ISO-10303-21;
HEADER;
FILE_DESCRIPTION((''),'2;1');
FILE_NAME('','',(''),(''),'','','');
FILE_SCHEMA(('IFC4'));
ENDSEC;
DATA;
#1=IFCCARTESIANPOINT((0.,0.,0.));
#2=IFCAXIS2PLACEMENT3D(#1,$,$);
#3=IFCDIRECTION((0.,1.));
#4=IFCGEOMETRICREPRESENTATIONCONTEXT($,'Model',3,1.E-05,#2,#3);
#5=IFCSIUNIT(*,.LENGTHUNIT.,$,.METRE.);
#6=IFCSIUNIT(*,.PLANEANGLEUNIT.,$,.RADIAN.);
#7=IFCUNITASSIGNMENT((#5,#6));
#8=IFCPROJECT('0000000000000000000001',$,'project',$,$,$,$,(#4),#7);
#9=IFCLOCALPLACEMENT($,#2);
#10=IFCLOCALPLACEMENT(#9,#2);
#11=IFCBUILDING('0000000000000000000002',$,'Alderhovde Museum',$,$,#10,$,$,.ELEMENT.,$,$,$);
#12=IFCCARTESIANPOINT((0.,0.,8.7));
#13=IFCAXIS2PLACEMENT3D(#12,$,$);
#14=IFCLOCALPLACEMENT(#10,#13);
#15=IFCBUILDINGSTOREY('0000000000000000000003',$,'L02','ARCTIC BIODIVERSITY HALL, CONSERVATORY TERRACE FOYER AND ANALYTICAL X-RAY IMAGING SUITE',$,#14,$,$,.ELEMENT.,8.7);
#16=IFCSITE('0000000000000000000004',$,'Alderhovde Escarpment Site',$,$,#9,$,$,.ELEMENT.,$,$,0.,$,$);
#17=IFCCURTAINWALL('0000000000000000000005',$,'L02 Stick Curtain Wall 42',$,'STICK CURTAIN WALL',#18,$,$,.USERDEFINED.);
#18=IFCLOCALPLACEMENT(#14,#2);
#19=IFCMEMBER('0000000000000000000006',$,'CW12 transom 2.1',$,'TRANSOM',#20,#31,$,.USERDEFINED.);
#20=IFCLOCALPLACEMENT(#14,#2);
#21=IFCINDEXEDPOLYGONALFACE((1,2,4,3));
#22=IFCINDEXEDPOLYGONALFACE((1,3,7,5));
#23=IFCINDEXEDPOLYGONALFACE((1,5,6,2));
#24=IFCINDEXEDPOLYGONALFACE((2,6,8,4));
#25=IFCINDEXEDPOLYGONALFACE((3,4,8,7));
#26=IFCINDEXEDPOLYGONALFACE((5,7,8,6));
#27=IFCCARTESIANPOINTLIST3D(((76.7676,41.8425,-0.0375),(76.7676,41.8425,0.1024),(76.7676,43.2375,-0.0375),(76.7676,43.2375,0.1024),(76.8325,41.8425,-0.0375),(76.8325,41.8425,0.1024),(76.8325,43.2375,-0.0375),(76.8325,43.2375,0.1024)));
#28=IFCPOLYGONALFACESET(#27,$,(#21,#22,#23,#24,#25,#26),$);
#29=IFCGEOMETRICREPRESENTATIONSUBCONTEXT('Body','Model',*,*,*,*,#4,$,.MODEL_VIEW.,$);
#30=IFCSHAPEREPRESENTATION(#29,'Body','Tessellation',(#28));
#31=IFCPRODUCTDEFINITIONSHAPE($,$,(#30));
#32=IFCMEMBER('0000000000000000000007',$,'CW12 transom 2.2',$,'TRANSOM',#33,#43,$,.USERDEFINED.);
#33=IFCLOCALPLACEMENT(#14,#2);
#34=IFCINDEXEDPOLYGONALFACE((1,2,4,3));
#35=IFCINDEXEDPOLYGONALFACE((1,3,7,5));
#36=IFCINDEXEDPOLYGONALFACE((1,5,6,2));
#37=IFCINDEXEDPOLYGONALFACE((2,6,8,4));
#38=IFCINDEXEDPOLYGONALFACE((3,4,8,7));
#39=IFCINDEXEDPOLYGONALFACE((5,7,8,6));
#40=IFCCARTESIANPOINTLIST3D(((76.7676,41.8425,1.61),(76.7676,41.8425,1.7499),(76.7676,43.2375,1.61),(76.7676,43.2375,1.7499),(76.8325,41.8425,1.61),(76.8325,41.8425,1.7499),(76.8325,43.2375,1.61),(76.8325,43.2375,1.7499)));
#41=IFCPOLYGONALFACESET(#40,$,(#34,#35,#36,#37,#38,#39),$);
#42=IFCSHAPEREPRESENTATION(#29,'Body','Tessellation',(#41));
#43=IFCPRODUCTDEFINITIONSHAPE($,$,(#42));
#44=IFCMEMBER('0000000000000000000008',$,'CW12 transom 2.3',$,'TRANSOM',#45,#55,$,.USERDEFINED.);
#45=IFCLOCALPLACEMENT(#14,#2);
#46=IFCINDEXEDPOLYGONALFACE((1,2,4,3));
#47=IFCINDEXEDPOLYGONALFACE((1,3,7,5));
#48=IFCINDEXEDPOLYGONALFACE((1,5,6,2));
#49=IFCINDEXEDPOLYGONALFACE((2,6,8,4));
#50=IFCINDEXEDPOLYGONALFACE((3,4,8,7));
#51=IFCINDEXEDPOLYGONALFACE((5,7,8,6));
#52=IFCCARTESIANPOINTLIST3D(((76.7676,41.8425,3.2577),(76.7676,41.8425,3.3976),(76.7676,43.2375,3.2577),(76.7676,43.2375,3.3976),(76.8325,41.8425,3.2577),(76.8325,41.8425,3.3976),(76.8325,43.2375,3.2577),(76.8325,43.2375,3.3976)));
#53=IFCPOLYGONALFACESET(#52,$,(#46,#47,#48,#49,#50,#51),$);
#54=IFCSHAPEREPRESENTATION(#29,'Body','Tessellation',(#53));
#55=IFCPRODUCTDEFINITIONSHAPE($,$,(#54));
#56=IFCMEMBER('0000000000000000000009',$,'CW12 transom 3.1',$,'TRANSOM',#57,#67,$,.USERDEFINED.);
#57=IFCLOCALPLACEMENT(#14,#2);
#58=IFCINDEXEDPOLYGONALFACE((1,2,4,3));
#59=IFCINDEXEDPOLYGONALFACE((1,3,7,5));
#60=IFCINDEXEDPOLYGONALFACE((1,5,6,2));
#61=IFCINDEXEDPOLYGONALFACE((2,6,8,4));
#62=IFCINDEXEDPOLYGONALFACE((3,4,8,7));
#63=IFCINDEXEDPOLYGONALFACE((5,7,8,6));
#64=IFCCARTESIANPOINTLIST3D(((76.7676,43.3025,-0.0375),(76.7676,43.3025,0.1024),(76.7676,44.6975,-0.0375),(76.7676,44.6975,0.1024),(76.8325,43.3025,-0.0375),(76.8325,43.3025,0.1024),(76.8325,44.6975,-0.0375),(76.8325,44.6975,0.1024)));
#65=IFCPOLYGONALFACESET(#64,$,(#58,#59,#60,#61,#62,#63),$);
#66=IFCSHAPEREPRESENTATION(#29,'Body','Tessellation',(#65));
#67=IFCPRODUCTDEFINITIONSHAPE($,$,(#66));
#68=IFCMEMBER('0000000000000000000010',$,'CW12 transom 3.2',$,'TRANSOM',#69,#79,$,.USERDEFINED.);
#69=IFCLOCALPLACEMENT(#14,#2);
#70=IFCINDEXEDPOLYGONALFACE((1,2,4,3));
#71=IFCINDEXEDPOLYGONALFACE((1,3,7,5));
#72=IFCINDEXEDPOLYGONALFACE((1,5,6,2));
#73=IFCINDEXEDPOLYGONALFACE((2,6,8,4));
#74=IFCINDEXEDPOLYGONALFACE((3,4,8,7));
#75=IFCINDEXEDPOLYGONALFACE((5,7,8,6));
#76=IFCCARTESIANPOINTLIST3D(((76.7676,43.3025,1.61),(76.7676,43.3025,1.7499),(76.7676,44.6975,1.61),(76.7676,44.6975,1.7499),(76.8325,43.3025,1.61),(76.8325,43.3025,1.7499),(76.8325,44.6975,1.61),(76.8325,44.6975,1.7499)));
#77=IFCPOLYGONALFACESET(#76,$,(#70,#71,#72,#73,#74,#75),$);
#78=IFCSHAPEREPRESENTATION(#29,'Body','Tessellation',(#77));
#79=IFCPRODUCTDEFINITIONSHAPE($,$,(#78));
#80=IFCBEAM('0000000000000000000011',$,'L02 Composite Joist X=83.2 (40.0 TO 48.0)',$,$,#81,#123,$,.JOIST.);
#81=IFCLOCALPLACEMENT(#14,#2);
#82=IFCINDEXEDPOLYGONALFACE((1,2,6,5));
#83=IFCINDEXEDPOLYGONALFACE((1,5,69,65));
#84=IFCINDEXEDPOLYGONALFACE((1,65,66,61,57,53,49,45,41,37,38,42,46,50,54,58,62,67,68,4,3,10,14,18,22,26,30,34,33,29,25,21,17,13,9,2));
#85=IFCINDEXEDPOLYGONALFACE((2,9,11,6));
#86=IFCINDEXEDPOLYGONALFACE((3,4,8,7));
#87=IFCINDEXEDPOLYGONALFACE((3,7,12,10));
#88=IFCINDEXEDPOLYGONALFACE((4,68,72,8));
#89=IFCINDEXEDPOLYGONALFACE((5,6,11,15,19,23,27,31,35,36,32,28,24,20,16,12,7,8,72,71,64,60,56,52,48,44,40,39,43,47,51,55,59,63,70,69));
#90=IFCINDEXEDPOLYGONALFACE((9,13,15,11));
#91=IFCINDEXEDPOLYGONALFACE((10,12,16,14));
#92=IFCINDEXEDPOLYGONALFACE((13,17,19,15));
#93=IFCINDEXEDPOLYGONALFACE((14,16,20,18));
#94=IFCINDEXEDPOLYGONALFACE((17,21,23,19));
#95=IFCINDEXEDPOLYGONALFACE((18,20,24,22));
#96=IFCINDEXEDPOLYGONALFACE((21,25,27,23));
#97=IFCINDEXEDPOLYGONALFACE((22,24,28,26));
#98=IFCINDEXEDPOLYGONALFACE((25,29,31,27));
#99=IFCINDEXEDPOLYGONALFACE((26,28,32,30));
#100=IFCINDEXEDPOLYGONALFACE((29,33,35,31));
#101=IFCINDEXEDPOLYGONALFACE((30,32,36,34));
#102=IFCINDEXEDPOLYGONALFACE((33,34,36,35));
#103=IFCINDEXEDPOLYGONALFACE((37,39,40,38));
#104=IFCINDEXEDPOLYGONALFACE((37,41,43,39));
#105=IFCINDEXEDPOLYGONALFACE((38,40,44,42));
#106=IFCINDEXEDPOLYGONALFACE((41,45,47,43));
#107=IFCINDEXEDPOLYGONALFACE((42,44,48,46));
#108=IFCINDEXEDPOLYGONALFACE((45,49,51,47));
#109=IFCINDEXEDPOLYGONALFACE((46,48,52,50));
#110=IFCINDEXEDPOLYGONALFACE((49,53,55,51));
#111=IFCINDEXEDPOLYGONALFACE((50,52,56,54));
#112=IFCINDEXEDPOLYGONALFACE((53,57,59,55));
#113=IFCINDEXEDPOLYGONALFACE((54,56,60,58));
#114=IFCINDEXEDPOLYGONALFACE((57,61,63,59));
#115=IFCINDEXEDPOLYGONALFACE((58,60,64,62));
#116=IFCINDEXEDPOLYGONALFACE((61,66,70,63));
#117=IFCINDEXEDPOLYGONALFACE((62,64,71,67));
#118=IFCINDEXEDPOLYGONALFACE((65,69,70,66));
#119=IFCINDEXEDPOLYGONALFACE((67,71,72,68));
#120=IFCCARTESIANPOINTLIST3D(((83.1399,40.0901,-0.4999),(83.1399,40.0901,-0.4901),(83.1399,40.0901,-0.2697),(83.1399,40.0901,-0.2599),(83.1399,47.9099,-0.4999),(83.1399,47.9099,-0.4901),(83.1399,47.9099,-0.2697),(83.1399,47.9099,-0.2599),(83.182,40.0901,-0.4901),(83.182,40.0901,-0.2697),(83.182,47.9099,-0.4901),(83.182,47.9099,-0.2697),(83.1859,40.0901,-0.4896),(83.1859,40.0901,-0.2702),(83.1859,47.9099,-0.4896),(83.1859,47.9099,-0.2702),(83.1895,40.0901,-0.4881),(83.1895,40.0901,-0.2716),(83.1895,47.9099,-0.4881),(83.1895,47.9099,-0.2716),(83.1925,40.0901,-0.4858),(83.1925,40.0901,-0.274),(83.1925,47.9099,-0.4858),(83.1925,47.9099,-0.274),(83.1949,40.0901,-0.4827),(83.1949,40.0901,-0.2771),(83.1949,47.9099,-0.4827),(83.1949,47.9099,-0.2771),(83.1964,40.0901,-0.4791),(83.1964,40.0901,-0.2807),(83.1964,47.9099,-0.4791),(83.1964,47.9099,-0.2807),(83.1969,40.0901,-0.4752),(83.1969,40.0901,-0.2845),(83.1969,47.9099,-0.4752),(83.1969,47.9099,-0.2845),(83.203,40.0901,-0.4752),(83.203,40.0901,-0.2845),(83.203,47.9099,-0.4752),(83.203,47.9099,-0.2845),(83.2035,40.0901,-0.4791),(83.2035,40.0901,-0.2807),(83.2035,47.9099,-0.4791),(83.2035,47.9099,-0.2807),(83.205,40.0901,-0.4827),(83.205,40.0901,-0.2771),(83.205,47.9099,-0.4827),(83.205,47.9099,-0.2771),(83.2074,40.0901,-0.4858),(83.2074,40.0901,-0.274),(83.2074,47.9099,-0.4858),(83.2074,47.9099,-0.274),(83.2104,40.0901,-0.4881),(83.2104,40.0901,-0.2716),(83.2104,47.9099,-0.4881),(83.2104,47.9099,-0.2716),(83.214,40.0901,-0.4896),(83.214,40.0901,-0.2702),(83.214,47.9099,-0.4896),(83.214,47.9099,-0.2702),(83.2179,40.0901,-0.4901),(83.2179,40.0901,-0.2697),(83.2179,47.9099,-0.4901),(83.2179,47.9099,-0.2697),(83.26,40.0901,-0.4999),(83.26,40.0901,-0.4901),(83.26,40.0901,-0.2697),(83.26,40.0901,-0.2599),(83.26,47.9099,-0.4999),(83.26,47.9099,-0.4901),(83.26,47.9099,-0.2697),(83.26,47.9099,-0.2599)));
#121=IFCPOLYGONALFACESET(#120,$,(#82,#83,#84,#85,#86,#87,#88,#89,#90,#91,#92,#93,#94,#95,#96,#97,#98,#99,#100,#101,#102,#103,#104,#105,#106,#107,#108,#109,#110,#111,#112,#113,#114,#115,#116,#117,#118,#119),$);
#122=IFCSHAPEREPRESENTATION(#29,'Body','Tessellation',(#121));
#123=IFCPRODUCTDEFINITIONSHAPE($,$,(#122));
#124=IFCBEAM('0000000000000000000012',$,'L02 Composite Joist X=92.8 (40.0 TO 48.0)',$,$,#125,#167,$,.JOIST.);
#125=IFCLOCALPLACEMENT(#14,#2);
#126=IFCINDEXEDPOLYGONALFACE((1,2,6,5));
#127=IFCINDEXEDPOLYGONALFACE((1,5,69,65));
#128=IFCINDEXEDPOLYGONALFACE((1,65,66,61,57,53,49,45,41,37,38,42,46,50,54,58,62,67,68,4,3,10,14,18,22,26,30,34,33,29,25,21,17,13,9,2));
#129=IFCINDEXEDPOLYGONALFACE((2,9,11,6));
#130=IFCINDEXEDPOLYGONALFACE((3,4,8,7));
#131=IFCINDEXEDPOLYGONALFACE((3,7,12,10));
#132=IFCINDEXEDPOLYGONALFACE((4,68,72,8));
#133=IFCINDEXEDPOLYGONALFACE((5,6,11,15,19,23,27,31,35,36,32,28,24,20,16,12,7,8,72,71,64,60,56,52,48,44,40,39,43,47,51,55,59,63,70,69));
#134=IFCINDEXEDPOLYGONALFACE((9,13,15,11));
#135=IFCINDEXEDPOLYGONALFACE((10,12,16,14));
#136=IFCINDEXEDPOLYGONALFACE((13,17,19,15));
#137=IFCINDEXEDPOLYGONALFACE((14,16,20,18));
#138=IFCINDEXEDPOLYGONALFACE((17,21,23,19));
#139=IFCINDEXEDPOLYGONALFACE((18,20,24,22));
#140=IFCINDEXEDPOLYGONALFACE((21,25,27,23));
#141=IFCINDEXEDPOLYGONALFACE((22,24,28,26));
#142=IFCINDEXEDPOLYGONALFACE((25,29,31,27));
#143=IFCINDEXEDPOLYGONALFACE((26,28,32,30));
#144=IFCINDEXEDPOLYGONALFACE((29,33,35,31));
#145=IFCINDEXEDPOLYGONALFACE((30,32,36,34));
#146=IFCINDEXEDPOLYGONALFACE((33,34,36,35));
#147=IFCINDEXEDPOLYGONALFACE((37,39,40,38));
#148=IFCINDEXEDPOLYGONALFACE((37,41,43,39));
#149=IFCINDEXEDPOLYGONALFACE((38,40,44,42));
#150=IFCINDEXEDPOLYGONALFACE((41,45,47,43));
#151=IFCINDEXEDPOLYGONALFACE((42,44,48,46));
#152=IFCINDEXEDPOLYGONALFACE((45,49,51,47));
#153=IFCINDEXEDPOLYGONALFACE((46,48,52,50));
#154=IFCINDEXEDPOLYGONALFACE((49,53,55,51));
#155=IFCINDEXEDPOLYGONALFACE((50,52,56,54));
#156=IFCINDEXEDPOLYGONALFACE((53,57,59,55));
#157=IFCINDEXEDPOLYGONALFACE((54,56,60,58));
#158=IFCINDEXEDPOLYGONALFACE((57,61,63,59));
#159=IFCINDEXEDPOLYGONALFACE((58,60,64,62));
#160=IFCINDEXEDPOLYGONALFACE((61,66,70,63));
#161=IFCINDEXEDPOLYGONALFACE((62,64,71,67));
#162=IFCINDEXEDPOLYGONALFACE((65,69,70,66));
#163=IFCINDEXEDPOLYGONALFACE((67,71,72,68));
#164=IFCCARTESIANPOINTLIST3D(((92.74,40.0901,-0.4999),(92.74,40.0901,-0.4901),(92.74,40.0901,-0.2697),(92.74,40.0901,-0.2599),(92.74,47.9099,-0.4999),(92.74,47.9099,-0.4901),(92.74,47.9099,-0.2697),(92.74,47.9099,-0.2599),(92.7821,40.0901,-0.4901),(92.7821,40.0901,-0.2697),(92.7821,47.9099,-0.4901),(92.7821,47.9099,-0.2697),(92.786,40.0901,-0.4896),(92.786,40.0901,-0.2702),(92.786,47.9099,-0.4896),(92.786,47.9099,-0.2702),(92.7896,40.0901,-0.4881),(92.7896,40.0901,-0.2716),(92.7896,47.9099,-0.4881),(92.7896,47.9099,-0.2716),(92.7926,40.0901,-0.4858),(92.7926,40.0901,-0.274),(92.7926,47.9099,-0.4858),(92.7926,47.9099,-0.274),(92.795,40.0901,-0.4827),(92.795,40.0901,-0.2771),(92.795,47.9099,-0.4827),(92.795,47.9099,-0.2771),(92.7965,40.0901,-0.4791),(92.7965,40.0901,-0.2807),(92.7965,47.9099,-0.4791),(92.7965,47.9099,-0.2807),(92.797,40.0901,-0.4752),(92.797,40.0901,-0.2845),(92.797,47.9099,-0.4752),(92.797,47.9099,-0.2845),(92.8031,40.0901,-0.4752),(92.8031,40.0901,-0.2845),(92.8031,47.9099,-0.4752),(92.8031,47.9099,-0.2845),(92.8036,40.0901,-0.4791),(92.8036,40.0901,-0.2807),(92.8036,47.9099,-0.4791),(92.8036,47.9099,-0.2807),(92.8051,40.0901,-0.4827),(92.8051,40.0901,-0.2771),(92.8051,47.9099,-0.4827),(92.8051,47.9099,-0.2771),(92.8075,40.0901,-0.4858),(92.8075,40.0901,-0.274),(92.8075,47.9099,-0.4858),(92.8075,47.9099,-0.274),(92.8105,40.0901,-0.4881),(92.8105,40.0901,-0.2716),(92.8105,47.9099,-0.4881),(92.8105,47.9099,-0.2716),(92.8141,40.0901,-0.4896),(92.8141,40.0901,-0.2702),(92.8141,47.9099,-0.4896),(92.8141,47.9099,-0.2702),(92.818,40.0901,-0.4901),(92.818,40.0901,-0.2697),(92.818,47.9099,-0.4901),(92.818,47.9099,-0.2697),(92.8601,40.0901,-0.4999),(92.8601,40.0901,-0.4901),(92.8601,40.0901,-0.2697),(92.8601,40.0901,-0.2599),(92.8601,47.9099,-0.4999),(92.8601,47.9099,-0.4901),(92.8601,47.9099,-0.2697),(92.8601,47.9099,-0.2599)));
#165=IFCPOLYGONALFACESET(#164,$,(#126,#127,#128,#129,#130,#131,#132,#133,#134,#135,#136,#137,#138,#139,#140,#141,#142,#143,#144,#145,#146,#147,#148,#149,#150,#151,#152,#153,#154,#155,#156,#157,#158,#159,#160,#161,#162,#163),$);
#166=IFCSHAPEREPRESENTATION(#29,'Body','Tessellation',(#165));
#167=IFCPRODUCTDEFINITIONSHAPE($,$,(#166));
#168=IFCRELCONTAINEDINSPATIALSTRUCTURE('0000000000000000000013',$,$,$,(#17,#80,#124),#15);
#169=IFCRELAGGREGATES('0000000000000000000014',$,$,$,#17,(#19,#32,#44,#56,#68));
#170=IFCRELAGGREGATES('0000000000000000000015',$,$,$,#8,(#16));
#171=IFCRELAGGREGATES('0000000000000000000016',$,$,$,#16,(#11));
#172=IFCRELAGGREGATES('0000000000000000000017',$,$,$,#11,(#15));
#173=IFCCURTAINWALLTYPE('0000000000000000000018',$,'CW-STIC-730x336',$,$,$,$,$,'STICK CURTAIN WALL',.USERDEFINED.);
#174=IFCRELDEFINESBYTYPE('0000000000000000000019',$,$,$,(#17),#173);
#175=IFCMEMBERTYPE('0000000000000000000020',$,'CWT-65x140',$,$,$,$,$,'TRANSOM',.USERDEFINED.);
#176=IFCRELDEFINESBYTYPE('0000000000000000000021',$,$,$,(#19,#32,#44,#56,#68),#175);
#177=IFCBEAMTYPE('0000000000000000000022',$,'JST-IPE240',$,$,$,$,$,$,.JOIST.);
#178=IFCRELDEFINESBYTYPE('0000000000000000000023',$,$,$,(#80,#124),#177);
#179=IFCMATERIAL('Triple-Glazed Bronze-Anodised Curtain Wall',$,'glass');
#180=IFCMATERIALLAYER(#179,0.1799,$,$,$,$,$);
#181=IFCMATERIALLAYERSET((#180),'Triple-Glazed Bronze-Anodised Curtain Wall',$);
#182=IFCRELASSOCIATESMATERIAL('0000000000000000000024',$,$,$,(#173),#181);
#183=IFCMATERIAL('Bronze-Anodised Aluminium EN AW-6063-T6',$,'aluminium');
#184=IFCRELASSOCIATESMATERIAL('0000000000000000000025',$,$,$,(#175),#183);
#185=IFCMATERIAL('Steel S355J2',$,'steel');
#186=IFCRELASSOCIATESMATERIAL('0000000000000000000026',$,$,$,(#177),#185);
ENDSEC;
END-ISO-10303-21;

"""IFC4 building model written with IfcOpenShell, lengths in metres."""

from ifc_helpers import new_model, si_unit, direction, frame, origin, origin_2d, place, context, subcontext, project, spatial, rectangle, i_section, extrude, material, layer, layer_set, material_profile, profile_set, type_object, element, aggregate, save


model = new_model("IFC4")

# Units and contexts
model_context = context("Model", 3, precision=1e-05, world=origin(), true_north=direction((0.0, 1.0)))
body_context = subcontext(model_context, "Body", "Model", "MODEL_VIEW")
ifc_project = project(units=[si_unit("LENGTHUNIT", "METRE"), si_unit("PLANEANGLEUNIT", "RADIAN")], contexts=[model_context])

# Site, building, storey
site_placement = place(None, origin())
site = spatial("IfcSite", under=ifc_project, at=site_placement, Name="Alderhovde Escarpment Site", CompositionType="ELEMENT", RefElevation=0.0)
building_placement = place(site_placement, origin())
building = spatial("IfcBuilding", under=site, at=building_placement, Name="Alderhovde Museum", CompositionType="ELEMENT")
storey_placement = place(building_placement, frame((0.0, 0.0, 8.7)))
storey = spatial("IfcBuildingStorey", under=building, at=storey_placement, Name="L02", Description="ARCTIC BIODIVERSITY HALL, CONSERVATORY TERRACE FOYER AND ANALYTICAL X-RAY IMAGING SUITE", CompositionType="ELEMENT", Elevation=8.7)

# Curtain wall, members
ifc_material_1 = material(Name="Triple-Glazed Bronze-Anodised Curtain Wall", Category="glass")
ifc_layer_1 = layer(ifc_material_1, 0.1799)
ifc_layer_set_1 = layer_set([ifc_layer_1], Name="Triple-Glazed Bronze-Anodised Curtain Wall")
curtain_wall_type = type_object("IfcCurtainWallType", Name="CW-STIC-730x336", ElementType="STICK CURTAIN WALL", PredefinedType="USERDEFINED", material=ifc_layer_set_1)
curtain_wall_placement = place(storey_placement, origin())
curtain_wall = element("IfcCurtainWall", 1, at=curtain_wall_placement, inside=storey, type_object=curtain_wall_type, Name="L02 Stick Curtain Wall 42", ObjectType="STICK CURTAIN WALL", PredefinedType="USERDEFINED")
ifc_material_2 = material(Name="Bronze-Anodised Aluminium EN AW-6063-T6", Category="aluminium")
ifc_material_profile_1 = material_profile(ifc_material_2, rectangle(XDim=0.0649, YDim=0.1399, at=origin_2d()), Name="TRANSOM 65x140")
ifc_profile_set_1 = profile_set([ifc_material_profile_1], Name="Bronze-Anodised Aluminium EN AW-6063-T6")
member_type_1 = type_object("IfcMemberType", Name="CWT-65x140", ElementType="TRANSOM", PredefinedType="USERDEFINED", material=ifc_profile_set_1)
member_1_placement = place(storey_placement, frame((76.8, 41.8425, 0.0325), z_axis=(0.0, 1.0, 0.0), x_axis=(-1.0, 0.0, 0.0)))
member_1 = element("IfcMember", 2, at=member_1_placement, type_object=member_type_1, Name="CW12 transom 2.1", ObjectType="TRANSOM", PredefinedType="USERDEFINED", context=body_context, shape_type="SweptSolid", body=[
    extrude(rectangle(XDim=0.0649, YDim=0.1399, at=origin_2d()), origin(), (0.0, 0.0, 1.0), 1.395),
])
member_2_placement = place(storey_placement, frame((76.8, 41.8425, 1.6799), z_axis=(0.0, 1.0, 0.0), x_axis=(-1.0, 0.0, 0.0)))
member_2 = element("IfcMember", 3, at=member_2_placement, type_object=member_type_1, Name="CW12 transom 2.2", ObjectType="TRANSOM", PredefinedType="USERDEFINED", context=body_context, shape_type="SweptSolid", body=[
    extrude(rectangle(XDim=0.0649, YDim=0.1399, at=origin_2d()), origin(), (0.0, 0.0, 1.0), 1.395),
])
member_3_placement = place(storey_placement, frame((76.8, 41.8425, 3.3276), z_axis=(0.0, 1.0, 0.0), x_axis=(-1.0, 0.0, 0.0)))
member_3 = element("IfcMember", 4, at=member_3_placement, type_object=member_type_1, Name="CW12 transom 2.3", ObjectType="TRANSOM", PredefinedType="USERDEFINED", context=body_context, shape_type="SweptSolid", body=[
    extrude(rectangle(XDim=0.0649, YDim=0.1399, at=origin_2d()), origin(), (0.0, 0.0, 1.0), 1.395),
])
member_4_placement = place(storey_placement, frame((76.8, 43.3025, 0.0325), z_axis=(0.0, 1.0, 0.0), x_axis=(-1.0, 0.0, 0.0)))
member_4 = element("IfcMember", 5, at=member_4_placement, type_object=member_type_1, Name="CW12 transom 3.1", ObjectType="TRANSOM", PredefinedType="USERDEFINED", context=body_context, shape_type="SweptSolid", body=[
    extrude(rectangle(XDim=0.0649, YDim=0.1399, at=origin_2d()), origin(), (0.0, 0.0, 1.0), 1.395),
])
member_5_placement = place(storey_placement, frame((76.8, 43.3025, 1.6799), z_axis=(0.0, 1.0, 0.0), x_axis=(-1.0, 0.0, 0.0)))
member_5 = element("IfcMember", 6, at=member_5_placement, type_object=member_type_1, Name="CW12 transom 3.2", ObjectType="TRANSOM", PredefinedType="USERDEFINED", context=body_context, shape_type="SweptSolid", body=[
    extrude(rectangle(XDim=0.0649, YDim=0.1399, at=origin_2d()), origin(), (0.0, 0.0, 1.0), 1.395),
])

# Beams
ifc_material_3 = material(Name="Steel S355J2", Category="steel")
ifc_material_profile_2 = material_profile(ifc_material_3, i_section(OverallWidth=0.1201, OverallDepth=0.24, WebThickness=0.0061, FlangeThickness=0.0098, FilletRadius=0.0149, at=origin_2d()), Name="IPE 240")
ifc_profile_set_2 = profile_set([ifc_material_profile_2], Name="Steel S355J2")
beam_type_1 = type_object("IfcBeamType", Name="JST-IPE240", PredefinedType="JOIST", material=ifc_profile_set_2)
for number, where, z_axis, x_axis, name in (
    (7, (83.2, 40.0901, -0.3799), (0.0, 1.0, 0.0), (-1.0, 0.0, 0.0), "L02 Composite Joist X=83.2 (40.0 TO 48.0)"),
    (8, (92.8, 40.0901, -0.3799), (0.0, 1.0, 0.0), (-1.0, 0.0, 0.0), "L02 Composite Joist X=92.8 (40.0 TO 48.0)"),
):
    element("IfcBeam", number, at=place(storey_placement, frame(where, z_axis=z_axis, x_axis=x_axis)), inside=storey, type_object=beam_type_1, Name=name, PredefinedType="JOIST", context=body_context, shape_type="SweptSolid", body=[
        extrude(i_section(OverallWidth=0.1201, OverallDepth=0.24, WebThickness=0.0061, FlangeThickness=0.0098, FilletRadius=0.0149, at=origin_2d()), origin(), (0.0, 0.0, 1.0), 7.8198),
    ])

aggregate(curtain_wall, [member_1, member_2, member_3, member_4, member_5])

save(model, "model.ifc")
